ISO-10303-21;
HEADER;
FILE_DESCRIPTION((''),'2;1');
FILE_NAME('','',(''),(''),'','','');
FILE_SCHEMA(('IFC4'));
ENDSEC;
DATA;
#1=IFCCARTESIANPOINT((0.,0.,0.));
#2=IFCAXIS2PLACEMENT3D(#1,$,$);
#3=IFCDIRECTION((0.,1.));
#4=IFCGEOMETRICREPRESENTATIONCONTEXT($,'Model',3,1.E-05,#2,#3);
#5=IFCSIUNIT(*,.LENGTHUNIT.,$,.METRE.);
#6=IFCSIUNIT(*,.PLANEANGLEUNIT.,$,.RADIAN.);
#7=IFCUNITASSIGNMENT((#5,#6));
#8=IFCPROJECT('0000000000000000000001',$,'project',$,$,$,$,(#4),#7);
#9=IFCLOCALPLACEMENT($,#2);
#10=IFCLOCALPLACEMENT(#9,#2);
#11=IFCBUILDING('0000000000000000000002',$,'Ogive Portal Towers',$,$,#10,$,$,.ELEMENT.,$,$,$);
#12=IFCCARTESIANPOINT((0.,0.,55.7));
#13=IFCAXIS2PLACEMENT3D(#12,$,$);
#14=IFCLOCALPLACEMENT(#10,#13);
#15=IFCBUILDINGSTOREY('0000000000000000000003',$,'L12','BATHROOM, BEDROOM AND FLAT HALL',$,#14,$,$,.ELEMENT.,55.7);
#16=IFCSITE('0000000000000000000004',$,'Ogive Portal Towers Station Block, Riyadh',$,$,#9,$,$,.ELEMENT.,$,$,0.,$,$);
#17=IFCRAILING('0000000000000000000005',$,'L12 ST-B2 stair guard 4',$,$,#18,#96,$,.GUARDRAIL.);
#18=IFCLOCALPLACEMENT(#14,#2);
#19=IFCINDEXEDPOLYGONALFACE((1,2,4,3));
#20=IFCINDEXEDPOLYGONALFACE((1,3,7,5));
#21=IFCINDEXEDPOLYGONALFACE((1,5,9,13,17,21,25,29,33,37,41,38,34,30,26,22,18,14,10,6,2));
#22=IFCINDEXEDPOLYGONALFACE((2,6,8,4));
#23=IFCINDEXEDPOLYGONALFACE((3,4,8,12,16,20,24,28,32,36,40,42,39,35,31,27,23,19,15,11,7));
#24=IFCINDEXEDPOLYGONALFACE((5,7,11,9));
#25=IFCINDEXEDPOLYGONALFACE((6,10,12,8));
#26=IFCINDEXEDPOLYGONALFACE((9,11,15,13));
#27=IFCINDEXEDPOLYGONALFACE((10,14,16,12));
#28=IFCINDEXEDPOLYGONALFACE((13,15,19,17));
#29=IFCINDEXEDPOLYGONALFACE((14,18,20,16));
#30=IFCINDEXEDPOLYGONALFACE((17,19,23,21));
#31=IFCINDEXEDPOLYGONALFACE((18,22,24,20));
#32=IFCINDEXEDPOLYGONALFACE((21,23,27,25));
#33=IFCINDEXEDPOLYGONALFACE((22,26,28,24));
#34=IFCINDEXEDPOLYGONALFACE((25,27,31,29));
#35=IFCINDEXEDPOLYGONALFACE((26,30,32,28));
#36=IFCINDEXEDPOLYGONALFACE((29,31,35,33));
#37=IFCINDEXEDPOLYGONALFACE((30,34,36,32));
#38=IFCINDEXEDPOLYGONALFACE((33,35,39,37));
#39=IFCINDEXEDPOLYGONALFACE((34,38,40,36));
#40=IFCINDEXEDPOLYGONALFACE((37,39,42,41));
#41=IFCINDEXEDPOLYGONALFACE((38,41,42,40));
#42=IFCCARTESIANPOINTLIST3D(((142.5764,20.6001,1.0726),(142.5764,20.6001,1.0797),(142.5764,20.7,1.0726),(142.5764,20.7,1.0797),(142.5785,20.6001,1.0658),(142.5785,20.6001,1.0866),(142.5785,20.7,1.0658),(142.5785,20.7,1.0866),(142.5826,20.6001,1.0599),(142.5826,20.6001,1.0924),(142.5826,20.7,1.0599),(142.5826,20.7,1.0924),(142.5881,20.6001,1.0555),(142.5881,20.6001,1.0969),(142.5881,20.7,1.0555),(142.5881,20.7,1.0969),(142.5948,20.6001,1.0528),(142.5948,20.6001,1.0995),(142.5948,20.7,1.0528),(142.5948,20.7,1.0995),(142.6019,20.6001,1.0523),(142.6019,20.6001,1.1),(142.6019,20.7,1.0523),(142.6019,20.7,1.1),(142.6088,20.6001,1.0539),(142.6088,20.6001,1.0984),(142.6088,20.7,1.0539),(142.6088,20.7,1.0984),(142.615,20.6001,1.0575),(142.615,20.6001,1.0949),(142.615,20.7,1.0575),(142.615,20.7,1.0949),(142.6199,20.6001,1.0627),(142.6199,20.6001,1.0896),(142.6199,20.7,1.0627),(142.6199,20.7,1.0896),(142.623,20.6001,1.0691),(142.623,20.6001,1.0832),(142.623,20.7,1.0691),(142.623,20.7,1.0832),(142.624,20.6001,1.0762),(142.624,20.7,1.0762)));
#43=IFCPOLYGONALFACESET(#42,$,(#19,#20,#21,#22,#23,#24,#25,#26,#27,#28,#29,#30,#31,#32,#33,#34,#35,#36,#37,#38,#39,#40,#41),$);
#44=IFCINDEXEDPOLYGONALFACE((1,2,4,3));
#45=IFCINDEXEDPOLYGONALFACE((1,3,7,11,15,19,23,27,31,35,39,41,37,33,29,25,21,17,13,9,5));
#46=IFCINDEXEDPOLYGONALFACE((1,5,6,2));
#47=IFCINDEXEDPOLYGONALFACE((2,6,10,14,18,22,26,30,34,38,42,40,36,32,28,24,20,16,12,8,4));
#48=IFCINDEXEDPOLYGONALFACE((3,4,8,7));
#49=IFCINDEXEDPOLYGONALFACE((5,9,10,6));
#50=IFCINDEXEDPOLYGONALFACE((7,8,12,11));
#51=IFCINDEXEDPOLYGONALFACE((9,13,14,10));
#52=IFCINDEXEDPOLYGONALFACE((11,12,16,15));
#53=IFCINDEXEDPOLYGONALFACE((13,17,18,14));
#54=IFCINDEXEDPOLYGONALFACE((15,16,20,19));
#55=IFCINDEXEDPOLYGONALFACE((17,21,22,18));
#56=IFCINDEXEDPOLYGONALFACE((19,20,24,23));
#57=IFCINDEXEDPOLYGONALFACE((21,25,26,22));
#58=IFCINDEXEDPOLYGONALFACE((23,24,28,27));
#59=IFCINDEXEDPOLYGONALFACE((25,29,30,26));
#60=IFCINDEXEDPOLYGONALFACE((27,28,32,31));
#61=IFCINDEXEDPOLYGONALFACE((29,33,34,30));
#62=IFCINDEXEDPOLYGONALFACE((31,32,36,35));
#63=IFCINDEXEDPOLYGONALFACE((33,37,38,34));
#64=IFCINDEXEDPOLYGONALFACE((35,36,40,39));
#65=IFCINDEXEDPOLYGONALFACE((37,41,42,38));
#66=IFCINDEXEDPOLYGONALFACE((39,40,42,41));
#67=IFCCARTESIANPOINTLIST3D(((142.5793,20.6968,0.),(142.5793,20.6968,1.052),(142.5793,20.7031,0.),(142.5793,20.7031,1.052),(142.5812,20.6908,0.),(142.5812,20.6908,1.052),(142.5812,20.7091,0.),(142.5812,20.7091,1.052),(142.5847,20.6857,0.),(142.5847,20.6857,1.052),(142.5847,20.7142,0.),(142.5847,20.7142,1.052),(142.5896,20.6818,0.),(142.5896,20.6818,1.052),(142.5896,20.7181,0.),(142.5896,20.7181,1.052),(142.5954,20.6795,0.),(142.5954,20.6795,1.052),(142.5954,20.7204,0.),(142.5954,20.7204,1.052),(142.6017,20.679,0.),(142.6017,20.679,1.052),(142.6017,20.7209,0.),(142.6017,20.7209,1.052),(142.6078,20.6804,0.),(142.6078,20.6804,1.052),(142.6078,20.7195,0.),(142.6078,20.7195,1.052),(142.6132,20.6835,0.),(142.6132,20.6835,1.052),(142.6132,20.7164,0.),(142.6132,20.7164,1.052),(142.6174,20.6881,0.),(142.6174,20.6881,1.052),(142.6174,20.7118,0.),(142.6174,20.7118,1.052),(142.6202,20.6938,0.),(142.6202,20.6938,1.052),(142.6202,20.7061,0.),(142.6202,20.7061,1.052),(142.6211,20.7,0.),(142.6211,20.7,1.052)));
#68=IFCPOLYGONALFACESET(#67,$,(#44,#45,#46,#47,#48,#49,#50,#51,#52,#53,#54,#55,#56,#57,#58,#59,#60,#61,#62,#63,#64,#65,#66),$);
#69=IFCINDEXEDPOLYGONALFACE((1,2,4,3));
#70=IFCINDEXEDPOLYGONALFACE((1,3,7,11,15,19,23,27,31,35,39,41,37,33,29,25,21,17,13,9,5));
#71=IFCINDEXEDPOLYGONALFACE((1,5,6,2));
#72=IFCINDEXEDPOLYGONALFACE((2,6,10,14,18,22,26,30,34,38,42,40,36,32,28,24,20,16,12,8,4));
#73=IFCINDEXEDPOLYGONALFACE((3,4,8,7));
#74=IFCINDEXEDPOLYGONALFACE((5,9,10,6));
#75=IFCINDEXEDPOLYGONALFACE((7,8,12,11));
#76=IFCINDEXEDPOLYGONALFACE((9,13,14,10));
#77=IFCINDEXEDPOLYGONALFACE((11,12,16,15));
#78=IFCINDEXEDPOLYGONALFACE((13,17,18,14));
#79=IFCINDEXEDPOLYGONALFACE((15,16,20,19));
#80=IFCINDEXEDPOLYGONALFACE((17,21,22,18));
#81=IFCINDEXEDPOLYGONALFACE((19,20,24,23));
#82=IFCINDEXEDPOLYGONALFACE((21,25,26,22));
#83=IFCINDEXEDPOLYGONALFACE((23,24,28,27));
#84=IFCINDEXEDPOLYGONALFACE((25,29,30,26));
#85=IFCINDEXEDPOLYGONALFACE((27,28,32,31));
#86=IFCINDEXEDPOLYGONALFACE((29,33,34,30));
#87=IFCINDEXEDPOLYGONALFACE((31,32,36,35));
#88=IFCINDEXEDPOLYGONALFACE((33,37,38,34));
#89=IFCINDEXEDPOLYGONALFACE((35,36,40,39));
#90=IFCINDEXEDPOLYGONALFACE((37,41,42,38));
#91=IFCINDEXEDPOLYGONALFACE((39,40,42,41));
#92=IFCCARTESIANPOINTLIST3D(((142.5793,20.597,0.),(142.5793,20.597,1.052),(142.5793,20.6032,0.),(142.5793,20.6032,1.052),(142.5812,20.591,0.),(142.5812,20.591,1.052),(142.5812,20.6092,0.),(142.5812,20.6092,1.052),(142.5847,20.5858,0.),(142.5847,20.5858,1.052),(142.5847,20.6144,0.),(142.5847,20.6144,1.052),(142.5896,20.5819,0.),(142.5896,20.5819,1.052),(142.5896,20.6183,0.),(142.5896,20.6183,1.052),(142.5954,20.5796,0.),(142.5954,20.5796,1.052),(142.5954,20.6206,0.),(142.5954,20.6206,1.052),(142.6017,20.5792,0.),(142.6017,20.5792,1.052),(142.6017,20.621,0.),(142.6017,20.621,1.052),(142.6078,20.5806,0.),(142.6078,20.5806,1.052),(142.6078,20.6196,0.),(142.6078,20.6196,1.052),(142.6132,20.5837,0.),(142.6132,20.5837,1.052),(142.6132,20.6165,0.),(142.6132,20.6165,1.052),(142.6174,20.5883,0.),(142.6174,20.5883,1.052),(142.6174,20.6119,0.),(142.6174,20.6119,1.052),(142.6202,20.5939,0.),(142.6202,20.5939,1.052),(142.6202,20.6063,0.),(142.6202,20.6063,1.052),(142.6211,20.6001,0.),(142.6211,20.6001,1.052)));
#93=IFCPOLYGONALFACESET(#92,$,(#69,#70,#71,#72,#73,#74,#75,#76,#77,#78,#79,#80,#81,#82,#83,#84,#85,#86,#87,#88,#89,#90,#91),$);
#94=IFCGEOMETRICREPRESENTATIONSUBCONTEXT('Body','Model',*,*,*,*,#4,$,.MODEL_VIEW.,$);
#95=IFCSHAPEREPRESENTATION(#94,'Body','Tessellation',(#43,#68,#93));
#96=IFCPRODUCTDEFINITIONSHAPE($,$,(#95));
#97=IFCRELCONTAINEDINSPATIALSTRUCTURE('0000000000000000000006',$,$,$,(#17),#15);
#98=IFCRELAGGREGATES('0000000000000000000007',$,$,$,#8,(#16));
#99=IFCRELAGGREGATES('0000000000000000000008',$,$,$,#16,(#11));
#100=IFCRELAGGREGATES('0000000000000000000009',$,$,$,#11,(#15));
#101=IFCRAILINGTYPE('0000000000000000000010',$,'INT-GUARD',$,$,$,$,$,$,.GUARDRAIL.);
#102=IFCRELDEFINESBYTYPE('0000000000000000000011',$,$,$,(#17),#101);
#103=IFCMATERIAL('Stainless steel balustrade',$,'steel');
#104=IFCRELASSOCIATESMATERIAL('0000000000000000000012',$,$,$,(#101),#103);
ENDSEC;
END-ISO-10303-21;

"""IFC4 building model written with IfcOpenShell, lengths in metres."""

from ifc_helpers import new_model, si_unit, direction, frame, origin, origin_2d, place, context, subcontext, project, spatial, circle, extrude, material, type_object, element, save


model = new_model("IFC4")

# Units and contexts
model_context = context("Model", 3, precision=1e-05, world=origin(), true_north=direction((0.0, 1.0)))
body_context = subcontext(model_context, "Body", "Model", "MODEL_VIEW")
ifc_project = project(units=[si_unit("LENGTHUNIT", "METRE"), si_unit("PLANEANGLEUNIT", "RADIAN")], contexts=[model_context])

# Site, building, storey
site_placement = place(None, origin())
site = spatial("IfcSite", under=ifc_project, at=site_placement, Name="Ogive Portal Towers Station Block, Riyadh", CompositionType="ELEMENT", RefElevation=0.0)
building_placement = place(site_placement, origin())
building = spatial("IfcBuilding", under=site, at=building_placement, Name="Ogive Portal Towers", CompositionType="ELEMENT")
storey_placement = place(building_placement, frame((0.0, 0.0, 55.7)))
storey = spatial("IfcBuildingStorey", under=building, at=storey_placement, Name="L12", Description="BATHROOM, BEDROOM AND FLAT HALL", CompositionType="ELEMENT", Elevation=55.7)

# Railing
ifc_material_1 = material(Name="Stainless steel balustrade", Category="steel")
railing_type_1 = type_object("IfcRailingType", Name="INT-GUARD", PredefinedType="GUARDRAIL", material=ifc_material_1)
railing_1_placement = place(storey_placement, frame((142.6001, 20.7, 0.0)))
element("IfcRailing", 1, at=railing_1_placement, inside=storey, type_object=railing_type_1, Name="L12 ST-B2 stair guard 4", PredefinedType="GUARDRAIL", context=body_context, shape_type="SweptSolid", body=[
    extrude(circle(Radius=0.0239, at=origin_2d()), frame((0.0, 0.0, 1.0762), z_axis=(0.0, -1.0, 0.0), x_axis=(1.0, 0.0, 0.0)), (0.0, 0.0, 1.0), 0.0999),
    extrude(circle(Radius=0.021, at=origin_2d()), origin(), (0.0, 0.0, 1.0), 1.052),
    extrude(circle(Radius=0.021, at=origin_2d()), frame((0.0, -0.0999, 0.0)), (0.0, 0.0, 1.0), 1.052),
])

save(model, "model.ifc")
